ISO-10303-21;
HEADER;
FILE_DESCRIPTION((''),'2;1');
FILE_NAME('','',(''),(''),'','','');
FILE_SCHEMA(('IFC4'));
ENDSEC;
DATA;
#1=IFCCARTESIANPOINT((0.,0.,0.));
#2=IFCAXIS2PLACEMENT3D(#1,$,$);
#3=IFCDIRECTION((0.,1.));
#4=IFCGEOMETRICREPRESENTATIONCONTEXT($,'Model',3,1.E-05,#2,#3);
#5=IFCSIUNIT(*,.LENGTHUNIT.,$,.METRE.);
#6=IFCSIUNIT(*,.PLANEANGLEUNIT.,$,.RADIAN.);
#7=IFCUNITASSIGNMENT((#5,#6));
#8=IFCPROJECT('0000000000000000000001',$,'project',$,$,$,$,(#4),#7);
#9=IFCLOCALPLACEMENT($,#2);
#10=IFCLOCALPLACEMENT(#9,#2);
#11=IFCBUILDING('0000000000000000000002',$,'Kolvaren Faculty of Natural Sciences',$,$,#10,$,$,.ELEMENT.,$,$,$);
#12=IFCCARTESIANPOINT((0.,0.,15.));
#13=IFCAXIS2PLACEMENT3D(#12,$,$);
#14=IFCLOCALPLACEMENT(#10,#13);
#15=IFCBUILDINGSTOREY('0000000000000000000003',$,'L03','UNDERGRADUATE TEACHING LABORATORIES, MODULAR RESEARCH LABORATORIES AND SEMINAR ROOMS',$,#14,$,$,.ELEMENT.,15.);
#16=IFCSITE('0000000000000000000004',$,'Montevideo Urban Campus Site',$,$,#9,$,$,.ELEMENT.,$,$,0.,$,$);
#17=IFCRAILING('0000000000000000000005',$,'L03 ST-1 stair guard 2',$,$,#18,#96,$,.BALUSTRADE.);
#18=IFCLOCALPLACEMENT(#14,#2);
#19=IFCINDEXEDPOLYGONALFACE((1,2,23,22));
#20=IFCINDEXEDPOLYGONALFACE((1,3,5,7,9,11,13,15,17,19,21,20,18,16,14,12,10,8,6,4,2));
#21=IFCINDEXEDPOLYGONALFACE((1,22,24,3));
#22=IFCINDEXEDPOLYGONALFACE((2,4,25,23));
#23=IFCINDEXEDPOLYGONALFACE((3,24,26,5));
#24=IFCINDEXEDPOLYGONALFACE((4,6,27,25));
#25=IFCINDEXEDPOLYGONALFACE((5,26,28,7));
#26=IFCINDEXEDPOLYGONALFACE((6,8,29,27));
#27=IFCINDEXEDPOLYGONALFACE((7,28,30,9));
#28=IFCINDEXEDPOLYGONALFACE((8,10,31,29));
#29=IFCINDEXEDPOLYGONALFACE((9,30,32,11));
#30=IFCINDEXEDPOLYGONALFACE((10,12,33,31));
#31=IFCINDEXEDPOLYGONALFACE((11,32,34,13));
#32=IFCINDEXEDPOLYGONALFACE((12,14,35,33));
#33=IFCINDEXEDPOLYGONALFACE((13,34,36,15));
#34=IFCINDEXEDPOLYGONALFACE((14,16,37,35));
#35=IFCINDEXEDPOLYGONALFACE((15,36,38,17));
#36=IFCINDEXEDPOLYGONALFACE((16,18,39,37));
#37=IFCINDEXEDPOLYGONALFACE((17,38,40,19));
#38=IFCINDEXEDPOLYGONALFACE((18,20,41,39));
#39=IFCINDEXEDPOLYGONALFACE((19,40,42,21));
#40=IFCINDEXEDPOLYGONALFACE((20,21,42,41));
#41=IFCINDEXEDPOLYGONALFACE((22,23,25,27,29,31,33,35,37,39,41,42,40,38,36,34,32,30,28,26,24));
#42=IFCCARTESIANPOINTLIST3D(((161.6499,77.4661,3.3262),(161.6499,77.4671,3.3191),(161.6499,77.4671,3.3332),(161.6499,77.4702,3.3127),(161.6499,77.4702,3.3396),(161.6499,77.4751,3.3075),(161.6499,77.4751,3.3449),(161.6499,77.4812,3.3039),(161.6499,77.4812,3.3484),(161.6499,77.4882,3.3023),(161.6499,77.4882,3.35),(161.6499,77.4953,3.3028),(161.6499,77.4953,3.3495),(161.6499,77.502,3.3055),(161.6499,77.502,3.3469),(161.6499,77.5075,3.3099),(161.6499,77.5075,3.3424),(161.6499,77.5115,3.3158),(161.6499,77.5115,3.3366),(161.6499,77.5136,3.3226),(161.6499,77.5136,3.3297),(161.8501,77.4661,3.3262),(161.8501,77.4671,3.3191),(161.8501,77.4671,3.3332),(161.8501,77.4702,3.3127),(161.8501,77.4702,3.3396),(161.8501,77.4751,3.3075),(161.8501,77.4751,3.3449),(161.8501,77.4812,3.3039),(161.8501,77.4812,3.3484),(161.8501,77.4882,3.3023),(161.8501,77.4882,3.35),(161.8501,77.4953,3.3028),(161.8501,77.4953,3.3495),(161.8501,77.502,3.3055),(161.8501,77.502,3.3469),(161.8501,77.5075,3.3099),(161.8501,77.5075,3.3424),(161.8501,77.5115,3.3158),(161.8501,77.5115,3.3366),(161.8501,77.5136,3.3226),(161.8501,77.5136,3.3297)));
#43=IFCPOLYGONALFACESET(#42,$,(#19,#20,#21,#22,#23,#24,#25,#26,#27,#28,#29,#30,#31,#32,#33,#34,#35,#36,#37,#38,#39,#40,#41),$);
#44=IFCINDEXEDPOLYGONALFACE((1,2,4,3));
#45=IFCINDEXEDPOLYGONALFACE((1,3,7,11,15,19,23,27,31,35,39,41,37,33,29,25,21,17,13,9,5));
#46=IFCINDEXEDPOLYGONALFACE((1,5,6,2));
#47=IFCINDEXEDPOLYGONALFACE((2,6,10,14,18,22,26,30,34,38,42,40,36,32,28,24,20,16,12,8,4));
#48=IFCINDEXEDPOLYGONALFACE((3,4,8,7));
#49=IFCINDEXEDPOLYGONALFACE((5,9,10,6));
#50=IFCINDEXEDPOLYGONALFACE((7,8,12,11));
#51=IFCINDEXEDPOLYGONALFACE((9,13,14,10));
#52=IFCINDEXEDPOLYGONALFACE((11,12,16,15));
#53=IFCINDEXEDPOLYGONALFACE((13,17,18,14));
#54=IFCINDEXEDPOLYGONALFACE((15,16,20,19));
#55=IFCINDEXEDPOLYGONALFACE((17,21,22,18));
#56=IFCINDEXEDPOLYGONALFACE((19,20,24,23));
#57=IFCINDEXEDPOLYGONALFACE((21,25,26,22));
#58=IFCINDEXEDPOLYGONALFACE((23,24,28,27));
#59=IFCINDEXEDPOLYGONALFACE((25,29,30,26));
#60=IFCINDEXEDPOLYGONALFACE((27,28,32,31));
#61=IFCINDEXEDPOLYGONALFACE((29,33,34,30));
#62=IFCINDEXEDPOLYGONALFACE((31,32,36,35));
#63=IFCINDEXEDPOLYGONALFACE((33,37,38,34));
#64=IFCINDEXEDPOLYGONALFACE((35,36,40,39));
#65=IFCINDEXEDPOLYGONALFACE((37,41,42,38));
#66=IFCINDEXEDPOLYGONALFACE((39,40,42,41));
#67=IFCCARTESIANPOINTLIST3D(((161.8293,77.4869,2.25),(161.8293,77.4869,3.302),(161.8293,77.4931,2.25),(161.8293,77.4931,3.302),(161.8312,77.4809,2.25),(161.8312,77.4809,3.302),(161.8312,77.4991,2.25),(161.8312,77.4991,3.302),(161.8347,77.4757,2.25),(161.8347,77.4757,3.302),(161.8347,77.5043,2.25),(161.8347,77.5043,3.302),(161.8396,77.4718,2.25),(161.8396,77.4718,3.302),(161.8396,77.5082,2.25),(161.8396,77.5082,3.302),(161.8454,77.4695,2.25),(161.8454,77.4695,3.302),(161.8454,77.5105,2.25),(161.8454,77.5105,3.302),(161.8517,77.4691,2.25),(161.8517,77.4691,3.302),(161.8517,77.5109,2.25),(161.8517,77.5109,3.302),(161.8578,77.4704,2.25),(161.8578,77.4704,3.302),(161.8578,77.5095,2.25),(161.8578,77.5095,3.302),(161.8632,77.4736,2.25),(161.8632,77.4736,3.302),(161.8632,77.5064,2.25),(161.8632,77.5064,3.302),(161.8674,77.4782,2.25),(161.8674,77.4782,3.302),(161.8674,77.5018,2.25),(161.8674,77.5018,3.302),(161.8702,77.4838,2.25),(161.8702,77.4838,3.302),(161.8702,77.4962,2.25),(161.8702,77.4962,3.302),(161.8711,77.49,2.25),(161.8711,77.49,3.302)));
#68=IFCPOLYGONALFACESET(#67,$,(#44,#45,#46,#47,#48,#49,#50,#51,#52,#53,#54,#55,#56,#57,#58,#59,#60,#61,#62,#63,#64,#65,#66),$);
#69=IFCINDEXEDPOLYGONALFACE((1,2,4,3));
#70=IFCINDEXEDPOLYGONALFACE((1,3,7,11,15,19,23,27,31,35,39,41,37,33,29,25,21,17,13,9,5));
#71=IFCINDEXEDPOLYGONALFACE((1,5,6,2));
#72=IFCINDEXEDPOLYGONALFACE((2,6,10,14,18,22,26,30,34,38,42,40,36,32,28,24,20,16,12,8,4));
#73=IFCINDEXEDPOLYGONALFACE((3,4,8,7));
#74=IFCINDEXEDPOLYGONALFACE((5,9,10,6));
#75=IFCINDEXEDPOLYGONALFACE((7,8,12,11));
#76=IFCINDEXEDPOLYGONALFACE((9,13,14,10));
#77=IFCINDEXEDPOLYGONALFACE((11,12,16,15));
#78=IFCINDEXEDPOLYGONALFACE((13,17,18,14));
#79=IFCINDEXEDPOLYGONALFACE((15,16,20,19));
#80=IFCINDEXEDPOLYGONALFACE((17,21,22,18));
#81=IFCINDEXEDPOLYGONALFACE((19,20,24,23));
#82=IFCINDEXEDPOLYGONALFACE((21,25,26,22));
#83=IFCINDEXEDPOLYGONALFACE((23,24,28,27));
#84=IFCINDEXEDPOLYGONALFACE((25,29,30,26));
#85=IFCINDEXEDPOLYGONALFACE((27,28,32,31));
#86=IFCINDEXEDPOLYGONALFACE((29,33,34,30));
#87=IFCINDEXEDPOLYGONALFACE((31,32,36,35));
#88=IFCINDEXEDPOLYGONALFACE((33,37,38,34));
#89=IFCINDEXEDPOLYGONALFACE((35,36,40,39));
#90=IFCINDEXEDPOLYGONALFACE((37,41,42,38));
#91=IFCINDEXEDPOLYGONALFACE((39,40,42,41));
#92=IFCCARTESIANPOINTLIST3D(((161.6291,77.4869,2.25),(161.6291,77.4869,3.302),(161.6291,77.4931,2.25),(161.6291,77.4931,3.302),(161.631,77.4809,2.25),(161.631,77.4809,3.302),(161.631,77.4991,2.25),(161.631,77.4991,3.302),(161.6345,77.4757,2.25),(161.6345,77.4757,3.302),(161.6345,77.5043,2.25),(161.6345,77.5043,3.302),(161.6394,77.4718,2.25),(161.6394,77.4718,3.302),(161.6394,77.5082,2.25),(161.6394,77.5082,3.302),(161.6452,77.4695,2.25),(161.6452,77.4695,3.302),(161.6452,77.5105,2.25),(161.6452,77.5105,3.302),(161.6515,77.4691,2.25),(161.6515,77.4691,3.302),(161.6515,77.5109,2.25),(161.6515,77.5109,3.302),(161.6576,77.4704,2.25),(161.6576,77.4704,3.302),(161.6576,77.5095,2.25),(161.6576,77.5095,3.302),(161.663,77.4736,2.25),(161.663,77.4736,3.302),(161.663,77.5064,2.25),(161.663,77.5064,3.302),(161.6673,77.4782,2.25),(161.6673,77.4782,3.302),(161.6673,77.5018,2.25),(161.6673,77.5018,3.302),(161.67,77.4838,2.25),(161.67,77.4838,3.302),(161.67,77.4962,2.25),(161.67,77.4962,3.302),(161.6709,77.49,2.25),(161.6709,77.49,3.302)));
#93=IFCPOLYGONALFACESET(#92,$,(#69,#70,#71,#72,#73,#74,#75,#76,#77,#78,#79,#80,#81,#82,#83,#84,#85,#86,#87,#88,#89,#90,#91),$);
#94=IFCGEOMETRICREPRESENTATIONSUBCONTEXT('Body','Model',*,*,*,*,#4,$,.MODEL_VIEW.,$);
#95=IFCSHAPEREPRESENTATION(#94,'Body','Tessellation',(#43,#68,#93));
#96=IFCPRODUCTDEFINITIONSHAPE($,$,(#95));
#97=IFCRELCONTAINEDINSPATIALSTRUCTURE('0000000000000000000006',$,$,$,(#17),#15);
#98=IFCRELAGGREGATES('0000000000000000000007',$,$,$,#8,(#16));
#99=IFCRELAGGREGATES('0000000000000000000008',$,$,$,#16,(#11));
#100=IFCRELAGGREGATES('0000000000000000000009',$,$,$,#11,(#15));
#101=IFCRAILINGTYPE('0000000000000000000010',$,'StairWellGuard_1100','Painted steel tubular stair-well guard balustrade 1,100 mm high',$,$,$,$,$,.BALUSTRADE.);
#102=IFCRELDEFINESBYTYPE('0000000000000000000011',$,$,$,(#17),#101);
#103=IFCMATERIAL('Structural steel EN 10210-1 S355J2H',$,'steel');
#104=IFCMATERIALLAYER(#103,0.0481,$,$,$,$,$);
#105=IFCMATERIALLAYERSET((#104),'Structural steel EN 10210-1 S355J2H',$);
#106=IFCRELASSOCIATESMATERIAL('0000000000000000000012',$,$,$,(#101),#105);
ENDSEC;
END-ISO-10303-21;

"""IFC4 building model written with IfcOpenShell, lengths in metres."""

from ifc_helpers import new_model, si_unit, direction, frame, origin, origin_2d, place, context, subcontext, project, spatial, circle, extrude, material, layer, layer_set, type_object, element, save


model = new_model("IFC4")

# Units and contexts
model_context = context("Model", 3, precision=1e-05, world=origin(), true_north=direction((0.0, 1.0)))
body_context = subcontext(model_context, "Body", "Model", "MODEL_VIEW")
ifc_project = project(units=[si_unit("LENGTHUNIT", "METRE"), si_unit("PLANEANGLEUNIT", "RADIAN")], contexts=[model_context])

# Site, building, storey
site_placement = place(None, origin())
site = spatial("IfcSite", under=ifc_project, at=site_placement, Name="Montevideo Urban Campus Site", CompositionType="ELEMENT", RefElevation=0.0)
building_placement = place(site_placement, origin())
building = spatial("IfcBuilding", under=site, at=building_placement, Name="Kolvaren Faculty of Natural Sciences", CompositionType="ELEMENT")
storey_placement = place(building_placement, frame((0.0, 0.0, 15.0)))
storey = spatial("IfcBuildingStorey", under=building, at=storey_placement, Name="L03", Description="UNDERGRADUATE TEACHING LABORATORIES, MODULAR RESEARCH LABORATORIES AND SEMINAR ROOMS", CompositionType="ELEMENT", Elevation=15.0)

# Railing
ifc_material_1 = material(Name="Structural steel EN 10210-1 S355J2H", Category="steel")
ifc_layer_1 = layer(ifc_material_1, 0.0481)
ifc_layer_set_1 = layer_set([ifc_layer_1], Name="Structural steel EN 10210-1 S355J2H")
railing_type_1 = type_object("IfcRailingType", Name="StairWellGuard_1100", Description="Painted steel tubular stair-well guard balustrade 1,100 mm high", PredefinedType="BALUSTRADE", material=ifc_layer_set_1)
railing_1_placement = place(storey_placement, frame((161.8501, 77.49, 2.25)))
element("IfcRailing", 1, at=railing_1_placement, inside=storey, type_object=railing_type_1, Name="L03 ST-1 stair guard 2", PredefinedType="BALUSTRADE", context=body_context, shape_type="SweptSolid", body=[
    extrude(circle(Radius=0.0239, at=origin_2d()), frame((0.0, 0.0, 1.0762), z_axis=(-1.0, 0.0, 0.0), x_axis=(0.0, -1.0, 0.0)), (0.0, 0.0, 1.0), 0.2002),
    extrude(circle(Radius=0.021, at=origin_2d()), origin(), (0.0, 0.0, 1.0), 1.052),
    extrude(circle(Radius=0.021, at=origin_2d()), frame((-0.2002, 0.0, 0.0)), (0.0, 0.0, 1.0), 1.052),
])

save(model, "model.ifc")
